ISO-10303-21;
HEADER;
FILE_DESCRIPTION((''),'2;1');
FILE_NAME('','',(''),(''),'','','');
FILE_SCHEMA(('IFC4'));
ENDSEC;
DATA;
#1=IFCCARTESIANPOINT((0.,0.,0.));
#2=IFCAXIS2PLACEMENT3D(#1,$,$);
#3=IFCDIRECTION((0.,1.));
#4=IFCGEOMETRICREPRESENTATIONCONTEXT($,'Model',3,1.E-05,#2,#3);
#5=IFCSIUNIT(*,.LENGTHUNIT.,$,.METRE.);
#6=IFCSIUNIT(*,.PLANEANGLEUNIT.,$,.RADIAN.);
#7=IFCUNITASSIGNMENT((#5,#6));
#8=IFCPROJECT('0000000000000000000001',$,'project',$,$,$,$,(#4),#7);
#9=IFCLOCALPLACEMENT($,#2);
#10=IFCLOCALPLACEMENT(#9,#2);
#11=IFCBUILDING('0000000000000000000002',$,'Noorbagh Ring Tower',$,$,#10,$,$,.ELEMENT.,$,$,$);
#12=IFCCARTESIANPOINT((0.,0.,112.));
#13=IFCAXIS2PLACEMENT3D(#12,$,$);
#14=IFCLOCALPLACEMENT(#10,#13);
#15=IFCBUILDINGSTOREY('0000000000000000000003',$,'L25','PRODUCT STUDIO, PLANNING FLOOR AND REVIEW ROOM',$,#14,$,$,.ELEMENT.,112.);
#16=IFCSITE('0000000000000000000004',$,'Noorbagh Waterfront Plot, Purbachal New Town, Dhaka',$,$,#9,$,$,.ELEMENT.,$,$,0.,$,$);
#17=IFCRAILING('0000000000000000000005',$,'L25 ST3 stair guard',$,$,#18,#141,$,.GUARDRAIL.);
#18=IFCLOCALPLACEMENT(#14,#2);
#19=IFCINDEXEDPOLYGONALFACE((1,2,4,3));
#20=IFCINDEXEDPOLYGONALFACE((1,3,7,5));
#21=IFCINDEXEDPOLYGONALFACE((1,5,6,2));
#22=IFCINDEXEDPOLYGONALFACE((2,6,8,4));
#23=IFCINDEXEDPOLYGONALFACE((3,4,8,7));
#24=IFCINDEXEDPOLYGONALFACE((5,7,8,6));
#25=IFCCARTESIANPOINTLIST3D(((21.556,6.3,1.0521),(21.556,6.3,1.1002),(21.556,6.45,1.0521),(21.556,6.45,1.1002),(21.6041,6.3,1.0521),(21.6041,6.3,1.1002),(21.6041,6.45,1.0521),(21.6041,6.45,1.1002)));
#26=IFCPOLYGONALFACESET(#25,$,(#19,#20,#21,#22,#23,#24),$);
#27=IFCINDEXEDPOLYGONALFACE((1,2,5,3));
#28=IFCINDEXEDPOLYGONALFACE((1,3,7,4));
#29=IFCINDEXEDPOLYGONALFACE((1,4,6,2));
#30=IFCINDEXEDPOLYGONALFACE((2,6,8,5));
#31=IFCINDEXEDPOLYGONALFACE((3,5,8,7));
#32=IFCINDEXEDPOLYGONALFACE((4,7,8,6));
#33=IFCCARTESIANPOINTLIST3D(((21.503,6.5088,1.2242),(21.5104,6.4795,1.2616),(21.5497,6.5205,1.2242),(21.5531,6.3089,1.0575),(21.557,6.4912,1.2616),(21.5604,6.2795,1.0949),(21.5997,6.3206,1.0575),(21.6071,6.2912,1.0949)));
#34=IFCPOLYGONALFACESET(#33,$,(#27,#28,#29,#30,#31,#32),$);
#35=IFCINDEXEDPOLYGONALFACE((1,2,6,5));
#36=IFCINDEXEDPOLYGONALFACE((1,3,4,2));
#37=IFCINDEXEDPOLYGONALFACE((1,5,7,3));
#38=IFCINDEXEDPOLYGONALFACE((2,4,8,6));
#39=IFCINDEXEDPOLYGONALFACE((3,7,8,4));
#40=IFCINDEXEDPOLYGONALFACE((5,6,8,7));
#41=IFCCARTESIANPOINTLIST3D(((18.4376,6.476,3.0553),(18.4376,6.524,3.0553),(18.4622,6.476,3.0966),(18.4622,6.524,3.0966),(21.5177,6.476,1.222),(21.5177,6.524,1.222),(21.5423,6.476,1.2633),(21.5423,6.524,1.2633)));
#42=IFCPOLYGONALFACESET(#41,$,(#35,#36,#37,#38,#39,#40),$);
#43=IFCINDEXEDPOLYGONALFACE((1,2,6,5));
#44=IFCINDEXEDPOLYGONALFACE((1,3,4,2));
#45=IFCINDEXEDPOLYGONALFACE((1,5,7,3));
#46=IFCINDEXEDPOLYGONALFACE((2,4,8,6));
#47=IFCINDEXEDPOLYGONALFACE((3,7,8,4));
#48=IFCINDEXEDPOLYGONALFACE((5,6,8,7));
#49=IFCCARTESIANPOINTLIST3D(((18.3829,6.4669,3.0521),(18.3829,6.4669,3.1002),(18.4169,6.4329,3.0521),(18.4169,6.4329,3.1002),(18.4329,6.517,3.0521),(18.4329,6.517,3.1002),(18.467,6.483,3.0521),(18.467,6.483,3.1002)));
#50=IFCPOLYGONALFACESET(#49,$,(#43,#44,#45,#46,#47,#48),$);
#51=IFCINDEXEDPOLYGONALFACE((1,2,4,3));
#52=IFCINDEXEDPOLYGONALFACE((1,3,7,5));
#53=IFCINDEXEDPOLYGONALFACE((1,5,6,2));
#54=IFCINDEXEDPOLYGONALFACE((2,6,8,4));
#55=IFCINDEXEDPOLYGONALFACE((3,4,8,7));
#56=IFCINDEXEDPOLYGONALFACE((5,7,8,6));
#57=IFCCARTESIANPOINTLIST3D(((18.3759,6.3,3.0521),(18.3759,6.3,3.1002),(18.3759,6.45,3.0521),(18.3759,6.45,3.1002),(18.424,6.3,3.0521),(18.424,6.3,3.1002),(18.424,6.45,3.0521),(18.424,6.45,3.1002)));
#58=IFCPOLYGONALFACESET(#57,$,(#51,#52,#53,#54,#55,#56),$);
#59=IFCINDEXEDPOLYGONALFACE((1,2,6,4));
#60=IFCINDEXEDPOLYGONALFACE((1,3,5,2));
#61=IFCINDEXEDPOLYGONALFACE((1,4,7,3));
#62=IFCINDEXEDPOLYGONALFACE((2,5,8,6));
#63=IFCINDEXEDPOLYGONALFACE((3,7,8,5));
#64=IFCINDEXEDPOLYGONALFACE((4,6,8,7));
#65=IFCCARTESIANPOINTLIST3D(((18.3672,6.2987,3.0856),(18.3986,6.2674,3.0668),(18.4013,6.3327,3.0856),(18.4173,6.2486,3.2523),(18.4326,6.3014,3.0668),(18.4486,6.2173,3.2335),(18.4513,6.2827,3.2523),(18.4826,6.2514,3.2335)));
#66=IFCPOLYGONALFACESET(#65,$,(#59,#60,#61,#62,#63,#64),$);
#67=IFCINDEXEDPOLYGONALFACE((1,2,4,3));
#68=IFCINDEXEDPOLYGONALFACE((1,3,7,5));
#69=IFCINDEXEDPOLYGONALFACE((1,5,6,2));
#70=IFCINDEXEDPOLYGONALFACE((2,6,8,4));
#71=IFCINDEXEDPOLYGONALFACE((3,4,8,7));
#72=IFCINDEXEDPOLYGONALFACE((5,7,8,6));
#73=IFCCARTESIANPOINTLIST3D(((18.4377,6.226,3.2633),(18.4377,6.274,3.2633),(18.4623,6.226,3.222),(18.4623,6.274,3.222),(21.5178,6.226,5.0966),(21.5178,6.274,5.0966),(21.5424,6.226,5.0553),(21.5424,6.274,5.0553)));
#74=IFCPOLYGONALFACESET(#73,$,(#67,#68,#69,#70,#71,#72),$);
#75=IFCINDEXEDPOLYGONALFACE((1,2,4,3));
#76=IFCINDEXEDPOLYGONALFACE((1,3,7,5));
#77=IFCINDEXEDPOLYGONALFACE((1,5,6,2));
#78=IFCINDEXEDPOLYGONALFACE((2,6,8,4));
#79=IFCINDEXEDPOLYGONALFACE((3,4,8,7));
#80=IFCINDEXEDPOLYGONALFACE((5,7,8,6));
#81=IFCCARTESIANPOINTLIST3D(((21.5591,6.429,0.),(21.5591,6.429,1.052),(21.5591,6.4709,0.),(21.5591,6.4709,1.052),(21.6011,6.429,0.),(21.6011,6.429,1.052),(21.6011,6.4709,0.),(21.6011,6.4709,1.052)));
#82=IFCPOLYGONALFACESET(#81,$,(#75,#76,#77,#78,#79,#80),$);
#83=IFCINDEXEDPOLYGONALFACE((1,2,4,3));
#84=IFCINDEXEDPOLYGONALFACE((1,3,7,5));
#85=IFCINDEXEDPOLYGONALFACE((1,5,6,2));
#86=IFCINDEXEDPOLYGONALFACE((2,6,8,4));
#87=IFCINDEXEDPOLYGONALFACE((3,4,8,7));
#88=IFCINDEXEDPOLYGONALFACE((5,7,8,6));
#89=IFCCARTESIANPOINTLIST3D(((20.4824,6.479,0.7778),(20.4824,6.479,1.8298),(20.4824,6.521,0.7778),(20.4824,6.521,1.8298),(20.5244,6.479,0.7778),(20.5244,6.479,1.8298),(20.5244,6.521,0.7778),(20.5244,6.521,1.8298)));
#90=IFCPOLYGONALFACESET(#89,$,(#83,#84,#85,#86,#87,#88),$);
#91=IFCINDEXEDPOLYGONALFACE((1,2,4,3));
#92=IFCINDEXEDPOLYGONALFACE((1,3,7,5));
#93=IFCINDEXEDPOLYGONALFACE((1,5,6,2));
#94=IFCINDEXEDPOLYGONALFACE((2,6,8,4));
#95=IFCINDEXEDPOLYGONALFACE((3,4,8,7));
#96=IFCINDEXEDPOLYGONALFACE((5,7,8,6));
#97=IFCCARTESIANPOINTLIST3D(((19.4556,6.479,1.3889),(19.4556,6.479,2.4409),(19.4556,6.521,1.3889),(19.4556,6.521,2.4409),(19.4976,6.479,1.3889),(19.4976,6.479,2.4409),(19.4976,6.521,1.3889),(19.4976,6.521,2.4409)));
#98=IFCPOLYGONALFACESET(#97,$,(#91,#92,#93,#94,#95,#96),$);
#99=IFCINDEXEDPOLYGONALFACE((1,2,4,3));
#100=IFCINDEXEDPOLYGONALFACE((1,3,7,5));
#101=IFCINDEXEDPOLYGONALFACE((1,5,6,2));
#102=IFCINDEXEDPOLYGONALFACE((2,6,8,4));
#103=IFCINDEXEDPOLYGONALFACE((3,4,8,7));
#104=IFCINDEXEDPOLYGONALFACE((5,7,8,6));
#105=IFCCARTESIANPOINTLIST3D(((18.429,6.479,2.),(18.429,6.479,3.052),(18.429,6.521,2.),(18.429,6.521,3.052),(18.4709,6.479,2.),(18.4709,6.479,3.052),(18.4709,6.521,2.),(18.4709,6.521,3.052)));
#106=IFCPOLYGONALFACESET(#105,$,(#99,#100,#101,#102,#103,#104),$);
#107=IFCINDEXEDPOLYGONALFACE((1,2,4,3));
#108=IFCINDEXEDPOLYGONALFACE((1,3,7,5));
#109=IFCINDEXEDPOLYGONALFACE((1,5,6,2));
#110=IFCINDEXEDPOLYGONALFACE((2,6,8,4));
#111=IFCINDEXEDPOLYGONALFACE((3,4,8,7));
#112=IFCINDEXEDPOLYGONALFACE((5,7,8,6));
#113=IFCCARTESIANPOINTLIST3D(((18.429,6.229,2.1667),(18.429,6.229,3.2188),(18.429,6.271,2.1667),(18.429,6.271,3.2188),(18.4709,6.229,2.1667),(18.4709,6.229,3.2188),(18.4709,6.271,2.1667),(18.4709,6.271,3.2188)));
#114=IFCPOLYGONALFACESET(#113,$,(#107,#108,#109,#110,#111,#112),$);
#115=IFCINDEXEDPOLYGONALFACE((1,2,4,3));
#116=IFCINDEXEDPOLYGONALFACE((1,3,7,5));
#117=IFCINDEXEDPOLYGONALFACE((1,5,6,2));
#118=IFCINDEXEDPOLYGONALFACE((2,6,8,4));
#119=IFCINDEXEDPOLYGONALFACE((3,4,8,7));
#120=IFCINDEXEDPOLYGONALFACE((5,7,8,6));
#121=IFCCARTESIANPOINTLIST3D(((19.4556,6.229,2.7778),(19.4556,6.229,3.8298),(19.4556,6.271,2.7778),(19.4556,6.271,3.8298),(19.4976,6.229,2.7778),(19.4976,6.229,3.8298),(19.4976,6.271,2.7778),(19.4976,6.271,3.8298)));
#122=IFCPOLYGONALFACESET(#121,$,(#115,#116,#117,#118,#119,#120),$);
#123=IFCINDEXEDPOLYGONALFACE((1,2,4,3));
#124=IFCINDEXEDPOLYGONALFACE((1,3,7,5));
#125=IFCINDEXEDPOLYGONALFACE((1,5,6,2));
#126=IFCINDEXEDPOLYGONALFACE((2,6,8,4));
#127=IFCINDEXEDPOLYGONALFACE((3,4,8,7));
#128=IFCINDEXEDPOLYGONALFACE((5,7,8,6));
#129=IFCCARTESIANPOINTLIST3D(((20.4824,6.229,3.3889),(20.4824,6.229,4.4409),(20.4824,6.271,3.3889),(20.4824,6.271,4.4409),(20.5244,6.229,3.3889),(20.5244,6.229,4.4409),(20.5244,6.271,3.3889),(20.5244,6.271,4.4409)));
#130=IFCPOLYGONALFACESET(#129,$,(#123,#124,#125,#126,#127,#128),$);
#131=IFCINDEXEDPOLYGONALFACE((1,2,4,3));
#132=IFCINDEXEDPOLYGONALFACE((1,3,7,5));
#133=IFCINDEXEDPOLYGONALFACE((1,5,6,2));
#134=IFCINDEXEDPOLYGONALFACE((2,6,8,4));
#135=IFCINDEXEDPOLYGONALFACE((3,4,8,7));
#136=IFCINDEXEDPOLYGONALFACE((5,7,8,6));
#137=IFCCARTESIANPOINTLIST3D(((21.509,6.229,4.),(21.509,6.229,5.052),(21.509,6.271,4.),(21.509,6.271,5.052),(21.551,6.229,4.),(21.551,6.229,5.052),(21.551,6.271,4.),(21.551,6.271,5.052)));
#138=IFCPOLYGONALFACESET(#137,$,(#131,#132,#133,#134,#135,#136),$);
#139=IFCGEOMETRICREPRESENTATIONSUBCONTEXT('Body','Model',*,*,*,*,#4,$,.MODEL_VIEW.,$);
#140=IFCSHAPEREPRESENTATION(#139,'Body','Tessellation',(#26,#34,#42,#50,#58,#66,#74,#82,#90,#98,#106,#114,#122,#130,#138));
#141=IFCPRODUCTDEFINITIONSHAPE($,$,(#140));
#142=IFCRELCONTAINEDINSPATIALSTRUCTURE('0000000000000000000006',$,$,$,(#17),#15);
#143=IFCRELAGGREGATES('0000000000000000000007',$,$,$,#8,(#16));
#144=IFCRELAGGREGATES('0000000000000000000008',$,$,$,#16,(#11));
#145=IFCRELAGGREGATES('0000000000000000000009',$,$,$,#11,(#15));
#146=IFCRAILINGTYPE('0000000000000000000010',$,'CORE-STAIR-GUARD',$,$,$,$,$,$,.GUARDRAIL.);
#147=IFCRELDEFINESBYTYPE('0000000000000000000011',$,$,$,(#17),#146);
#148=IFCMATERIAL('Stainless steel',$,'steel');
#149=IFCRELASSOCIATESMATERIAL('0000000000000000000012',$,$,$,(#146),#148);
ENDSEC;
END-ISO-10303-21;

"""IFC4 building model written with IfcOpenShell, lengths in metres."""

from ifc_helpers import new_model, si_unit, direction, frame, origin, origin_2d, place, context, subcontext, project, spatial, rectangle, extrude, material, type_object, element, save


model = new_model("IFC4")

# Units and contexts
model_context = context("Model", 3, precision=1e-05, world=origin(), true_north=direction((0.0, 1.0)))
body_context = subcontext(model_context, "Body", "Model", "MODEL_VIEW")
ifc_project = project(units=[si_unit("LENGTHUNIT", "METRE"), si_unit("PLANEANGLEUNIT", "RADIAN")], contexts=[model_context])

# Site, building, storey
site_placement = place(None, origin())
site = spatial("IfcSite", under=ifc_project, at=site_placement, Name="Noorbagh Waterfront Plot, Purbachal New Town, Dhaka", CompositionType="ELEMENT", RefElevation=0.0)
building_placement = place(site_placement, origin())
building = spatial("IfcBuilding", under=site, at=building_placement, Name="Noorbagh Ring Tower", CompositionType="ELEMENT")
storey_placement = place(building_placement, frame((0.0, 0.0, 112.0)))
storey = spatial("IfcBuildingStorey", under=building, at=storey_placement, Name="L25", Description="PRODUCT STUDIO, PLANNING FLOOR AND REVIEW ROOM", CompositionType="ELEMENT", Elevation=112.0)

# Railing
ifc_material_1 = material(Name="Stainless steel", Category="steel")
railing_type_1 = type_object("IfcRailingType", Name="CORE-STAIR-GUARD", PredefinedType="GUARDRAIL", material=ifc_material_1)
railing_1_placement = place(storey_placement, frame((21.5801, 6.45, 0.0)))
element("IfcRailing", 1, at=railing_1_placement, inside=storey, type_object=railing_type_1, Name="L25 ST3 stair guard", PredefinedType="GUARDRAIL", context=body_context, shape_type="SweptSolid", body=[
    extrude(rectangle(XDim=0.0481, YDim=0.0481, at=origin_2d()), frame((0.0, 0.0, 1.0762), z_axis=(0.0, -1.0, 0.0), x_axis=(1.0, 0.0, 0.0)), (0.0, 0.0, 1.0), 0.1499),
    extrude(rectangle(XDim=0.0481, YDim=0.0481, at=origin_2d()), frame((0.0, -0.1499, 1.0762), z_axis=(-0.188776, 0.754182, 0.628946), x_axis=(-0.970073, -0.242814, 0.0)), (0.0, 0.0, 1.0), 0.2651),
    extrude(rectangle(XDim=0.0481, YDim=0.0481, at=origin_2d()), frame((-0.05, 0.05, 1.2427), z_axis=(-0.859309, 0.0, 0.511458), x_axis=(0.0, -1.0, 0.0)), (0.0, 0.0, 1.0), 3.5845),
    extrude(rectangle(XDim=0.0481, YDim=0.0481, at=origin_2d()), frame((-3.1301, 0.05, 3.0762), z_axis=(-0.707107, -0.707107, 0.0), x_axis=(0.707107, -0.707107, 0.0)), (0.0, 0.0, 1.0), 0.0708),
    extrude(rectangle(XDim=0.0481, YDim=0.0481, at=origin_2d()), frame((-3.1802, 0.0, 3.0762), z_axis=(0.0, -1.0, 0.0), x_axis=(1.0, 0.0, 0.0)), (0.0, 0.0, 1.0), 0.1499),
    extrude(rectangle(XDim=0.0481, YDim=0.0481, at=origin_2d()), frame((-3.1802, -0.1499, 3.0762), z_axis=(0.276287, -0.276287, 0.920506), x_axis=(0.707107, 0.707107, 0.0)), (0.0, 0.0, 1.0), 0.1812),
    extrude(rectangle(XDim=0.0481, YDim=0.0481, at=origin_2d()), frame((-3.1301, -0.2, 3.2427), z_axis=(0.859309, 0.0, 0.511458), x_axis=(0.0, 1.0, 0.0)), (0.0, 0.0, 1.0), 3.5845),
    extrude(rectangle(XDim=0.042, YDim=0.042, at=origin_2d()), origin(), (0.0, 0.0, 1.0), 1.052),
    extrude(rectangle(XDim=0.042, YDim=0.042, at=origin_2d()), frame((-1.0767, 0.05, 0.7778)), (0.0, 0.0, 1.0), 1.052),
    extrude(rectangle(XDim=0.042, YDim=0.042, at=origin_2d()), frame((-2.1035, 0.05, 1.3889)), (0.0, 0.0, 1.0), 1.052),
    extrude(rectangle(XDim=0.042, YDim=0.042, at=origin_2d()), frame((-3.1301, 0.05, 2.0)), (0.0, 0.0, 1.0), 1.052),
    extrude(rectangle(XDim=0.042, YDim=0.042, at=origin_2d()), frame((-3.1301, -0.2, 2.1667)), (0.0, 0.0, 1.0), 1.052),
    extrude(rectangle(XDim=0.042, YDim=0.042, at=origin_2d()), frame((-2.1035, -0.2, 2.7778)), (0.0, 0.0, 1.0), 1.052),
    extrude(rectangle(XDim=0.042, YDim=0.042, at=origin_2d()), frame((-1.0767, -0.2, 3.3889)), (0.0, 0.0, 1.0), 1.052),
    extrude(rectangle(XDim=0.042, YDim=0.042, at=origin_2d()), frame((-0.05, -0.2, 4.0)), (0.0, 0.0, 1.0), 1.052),
])

save(model, "model.ifc")
